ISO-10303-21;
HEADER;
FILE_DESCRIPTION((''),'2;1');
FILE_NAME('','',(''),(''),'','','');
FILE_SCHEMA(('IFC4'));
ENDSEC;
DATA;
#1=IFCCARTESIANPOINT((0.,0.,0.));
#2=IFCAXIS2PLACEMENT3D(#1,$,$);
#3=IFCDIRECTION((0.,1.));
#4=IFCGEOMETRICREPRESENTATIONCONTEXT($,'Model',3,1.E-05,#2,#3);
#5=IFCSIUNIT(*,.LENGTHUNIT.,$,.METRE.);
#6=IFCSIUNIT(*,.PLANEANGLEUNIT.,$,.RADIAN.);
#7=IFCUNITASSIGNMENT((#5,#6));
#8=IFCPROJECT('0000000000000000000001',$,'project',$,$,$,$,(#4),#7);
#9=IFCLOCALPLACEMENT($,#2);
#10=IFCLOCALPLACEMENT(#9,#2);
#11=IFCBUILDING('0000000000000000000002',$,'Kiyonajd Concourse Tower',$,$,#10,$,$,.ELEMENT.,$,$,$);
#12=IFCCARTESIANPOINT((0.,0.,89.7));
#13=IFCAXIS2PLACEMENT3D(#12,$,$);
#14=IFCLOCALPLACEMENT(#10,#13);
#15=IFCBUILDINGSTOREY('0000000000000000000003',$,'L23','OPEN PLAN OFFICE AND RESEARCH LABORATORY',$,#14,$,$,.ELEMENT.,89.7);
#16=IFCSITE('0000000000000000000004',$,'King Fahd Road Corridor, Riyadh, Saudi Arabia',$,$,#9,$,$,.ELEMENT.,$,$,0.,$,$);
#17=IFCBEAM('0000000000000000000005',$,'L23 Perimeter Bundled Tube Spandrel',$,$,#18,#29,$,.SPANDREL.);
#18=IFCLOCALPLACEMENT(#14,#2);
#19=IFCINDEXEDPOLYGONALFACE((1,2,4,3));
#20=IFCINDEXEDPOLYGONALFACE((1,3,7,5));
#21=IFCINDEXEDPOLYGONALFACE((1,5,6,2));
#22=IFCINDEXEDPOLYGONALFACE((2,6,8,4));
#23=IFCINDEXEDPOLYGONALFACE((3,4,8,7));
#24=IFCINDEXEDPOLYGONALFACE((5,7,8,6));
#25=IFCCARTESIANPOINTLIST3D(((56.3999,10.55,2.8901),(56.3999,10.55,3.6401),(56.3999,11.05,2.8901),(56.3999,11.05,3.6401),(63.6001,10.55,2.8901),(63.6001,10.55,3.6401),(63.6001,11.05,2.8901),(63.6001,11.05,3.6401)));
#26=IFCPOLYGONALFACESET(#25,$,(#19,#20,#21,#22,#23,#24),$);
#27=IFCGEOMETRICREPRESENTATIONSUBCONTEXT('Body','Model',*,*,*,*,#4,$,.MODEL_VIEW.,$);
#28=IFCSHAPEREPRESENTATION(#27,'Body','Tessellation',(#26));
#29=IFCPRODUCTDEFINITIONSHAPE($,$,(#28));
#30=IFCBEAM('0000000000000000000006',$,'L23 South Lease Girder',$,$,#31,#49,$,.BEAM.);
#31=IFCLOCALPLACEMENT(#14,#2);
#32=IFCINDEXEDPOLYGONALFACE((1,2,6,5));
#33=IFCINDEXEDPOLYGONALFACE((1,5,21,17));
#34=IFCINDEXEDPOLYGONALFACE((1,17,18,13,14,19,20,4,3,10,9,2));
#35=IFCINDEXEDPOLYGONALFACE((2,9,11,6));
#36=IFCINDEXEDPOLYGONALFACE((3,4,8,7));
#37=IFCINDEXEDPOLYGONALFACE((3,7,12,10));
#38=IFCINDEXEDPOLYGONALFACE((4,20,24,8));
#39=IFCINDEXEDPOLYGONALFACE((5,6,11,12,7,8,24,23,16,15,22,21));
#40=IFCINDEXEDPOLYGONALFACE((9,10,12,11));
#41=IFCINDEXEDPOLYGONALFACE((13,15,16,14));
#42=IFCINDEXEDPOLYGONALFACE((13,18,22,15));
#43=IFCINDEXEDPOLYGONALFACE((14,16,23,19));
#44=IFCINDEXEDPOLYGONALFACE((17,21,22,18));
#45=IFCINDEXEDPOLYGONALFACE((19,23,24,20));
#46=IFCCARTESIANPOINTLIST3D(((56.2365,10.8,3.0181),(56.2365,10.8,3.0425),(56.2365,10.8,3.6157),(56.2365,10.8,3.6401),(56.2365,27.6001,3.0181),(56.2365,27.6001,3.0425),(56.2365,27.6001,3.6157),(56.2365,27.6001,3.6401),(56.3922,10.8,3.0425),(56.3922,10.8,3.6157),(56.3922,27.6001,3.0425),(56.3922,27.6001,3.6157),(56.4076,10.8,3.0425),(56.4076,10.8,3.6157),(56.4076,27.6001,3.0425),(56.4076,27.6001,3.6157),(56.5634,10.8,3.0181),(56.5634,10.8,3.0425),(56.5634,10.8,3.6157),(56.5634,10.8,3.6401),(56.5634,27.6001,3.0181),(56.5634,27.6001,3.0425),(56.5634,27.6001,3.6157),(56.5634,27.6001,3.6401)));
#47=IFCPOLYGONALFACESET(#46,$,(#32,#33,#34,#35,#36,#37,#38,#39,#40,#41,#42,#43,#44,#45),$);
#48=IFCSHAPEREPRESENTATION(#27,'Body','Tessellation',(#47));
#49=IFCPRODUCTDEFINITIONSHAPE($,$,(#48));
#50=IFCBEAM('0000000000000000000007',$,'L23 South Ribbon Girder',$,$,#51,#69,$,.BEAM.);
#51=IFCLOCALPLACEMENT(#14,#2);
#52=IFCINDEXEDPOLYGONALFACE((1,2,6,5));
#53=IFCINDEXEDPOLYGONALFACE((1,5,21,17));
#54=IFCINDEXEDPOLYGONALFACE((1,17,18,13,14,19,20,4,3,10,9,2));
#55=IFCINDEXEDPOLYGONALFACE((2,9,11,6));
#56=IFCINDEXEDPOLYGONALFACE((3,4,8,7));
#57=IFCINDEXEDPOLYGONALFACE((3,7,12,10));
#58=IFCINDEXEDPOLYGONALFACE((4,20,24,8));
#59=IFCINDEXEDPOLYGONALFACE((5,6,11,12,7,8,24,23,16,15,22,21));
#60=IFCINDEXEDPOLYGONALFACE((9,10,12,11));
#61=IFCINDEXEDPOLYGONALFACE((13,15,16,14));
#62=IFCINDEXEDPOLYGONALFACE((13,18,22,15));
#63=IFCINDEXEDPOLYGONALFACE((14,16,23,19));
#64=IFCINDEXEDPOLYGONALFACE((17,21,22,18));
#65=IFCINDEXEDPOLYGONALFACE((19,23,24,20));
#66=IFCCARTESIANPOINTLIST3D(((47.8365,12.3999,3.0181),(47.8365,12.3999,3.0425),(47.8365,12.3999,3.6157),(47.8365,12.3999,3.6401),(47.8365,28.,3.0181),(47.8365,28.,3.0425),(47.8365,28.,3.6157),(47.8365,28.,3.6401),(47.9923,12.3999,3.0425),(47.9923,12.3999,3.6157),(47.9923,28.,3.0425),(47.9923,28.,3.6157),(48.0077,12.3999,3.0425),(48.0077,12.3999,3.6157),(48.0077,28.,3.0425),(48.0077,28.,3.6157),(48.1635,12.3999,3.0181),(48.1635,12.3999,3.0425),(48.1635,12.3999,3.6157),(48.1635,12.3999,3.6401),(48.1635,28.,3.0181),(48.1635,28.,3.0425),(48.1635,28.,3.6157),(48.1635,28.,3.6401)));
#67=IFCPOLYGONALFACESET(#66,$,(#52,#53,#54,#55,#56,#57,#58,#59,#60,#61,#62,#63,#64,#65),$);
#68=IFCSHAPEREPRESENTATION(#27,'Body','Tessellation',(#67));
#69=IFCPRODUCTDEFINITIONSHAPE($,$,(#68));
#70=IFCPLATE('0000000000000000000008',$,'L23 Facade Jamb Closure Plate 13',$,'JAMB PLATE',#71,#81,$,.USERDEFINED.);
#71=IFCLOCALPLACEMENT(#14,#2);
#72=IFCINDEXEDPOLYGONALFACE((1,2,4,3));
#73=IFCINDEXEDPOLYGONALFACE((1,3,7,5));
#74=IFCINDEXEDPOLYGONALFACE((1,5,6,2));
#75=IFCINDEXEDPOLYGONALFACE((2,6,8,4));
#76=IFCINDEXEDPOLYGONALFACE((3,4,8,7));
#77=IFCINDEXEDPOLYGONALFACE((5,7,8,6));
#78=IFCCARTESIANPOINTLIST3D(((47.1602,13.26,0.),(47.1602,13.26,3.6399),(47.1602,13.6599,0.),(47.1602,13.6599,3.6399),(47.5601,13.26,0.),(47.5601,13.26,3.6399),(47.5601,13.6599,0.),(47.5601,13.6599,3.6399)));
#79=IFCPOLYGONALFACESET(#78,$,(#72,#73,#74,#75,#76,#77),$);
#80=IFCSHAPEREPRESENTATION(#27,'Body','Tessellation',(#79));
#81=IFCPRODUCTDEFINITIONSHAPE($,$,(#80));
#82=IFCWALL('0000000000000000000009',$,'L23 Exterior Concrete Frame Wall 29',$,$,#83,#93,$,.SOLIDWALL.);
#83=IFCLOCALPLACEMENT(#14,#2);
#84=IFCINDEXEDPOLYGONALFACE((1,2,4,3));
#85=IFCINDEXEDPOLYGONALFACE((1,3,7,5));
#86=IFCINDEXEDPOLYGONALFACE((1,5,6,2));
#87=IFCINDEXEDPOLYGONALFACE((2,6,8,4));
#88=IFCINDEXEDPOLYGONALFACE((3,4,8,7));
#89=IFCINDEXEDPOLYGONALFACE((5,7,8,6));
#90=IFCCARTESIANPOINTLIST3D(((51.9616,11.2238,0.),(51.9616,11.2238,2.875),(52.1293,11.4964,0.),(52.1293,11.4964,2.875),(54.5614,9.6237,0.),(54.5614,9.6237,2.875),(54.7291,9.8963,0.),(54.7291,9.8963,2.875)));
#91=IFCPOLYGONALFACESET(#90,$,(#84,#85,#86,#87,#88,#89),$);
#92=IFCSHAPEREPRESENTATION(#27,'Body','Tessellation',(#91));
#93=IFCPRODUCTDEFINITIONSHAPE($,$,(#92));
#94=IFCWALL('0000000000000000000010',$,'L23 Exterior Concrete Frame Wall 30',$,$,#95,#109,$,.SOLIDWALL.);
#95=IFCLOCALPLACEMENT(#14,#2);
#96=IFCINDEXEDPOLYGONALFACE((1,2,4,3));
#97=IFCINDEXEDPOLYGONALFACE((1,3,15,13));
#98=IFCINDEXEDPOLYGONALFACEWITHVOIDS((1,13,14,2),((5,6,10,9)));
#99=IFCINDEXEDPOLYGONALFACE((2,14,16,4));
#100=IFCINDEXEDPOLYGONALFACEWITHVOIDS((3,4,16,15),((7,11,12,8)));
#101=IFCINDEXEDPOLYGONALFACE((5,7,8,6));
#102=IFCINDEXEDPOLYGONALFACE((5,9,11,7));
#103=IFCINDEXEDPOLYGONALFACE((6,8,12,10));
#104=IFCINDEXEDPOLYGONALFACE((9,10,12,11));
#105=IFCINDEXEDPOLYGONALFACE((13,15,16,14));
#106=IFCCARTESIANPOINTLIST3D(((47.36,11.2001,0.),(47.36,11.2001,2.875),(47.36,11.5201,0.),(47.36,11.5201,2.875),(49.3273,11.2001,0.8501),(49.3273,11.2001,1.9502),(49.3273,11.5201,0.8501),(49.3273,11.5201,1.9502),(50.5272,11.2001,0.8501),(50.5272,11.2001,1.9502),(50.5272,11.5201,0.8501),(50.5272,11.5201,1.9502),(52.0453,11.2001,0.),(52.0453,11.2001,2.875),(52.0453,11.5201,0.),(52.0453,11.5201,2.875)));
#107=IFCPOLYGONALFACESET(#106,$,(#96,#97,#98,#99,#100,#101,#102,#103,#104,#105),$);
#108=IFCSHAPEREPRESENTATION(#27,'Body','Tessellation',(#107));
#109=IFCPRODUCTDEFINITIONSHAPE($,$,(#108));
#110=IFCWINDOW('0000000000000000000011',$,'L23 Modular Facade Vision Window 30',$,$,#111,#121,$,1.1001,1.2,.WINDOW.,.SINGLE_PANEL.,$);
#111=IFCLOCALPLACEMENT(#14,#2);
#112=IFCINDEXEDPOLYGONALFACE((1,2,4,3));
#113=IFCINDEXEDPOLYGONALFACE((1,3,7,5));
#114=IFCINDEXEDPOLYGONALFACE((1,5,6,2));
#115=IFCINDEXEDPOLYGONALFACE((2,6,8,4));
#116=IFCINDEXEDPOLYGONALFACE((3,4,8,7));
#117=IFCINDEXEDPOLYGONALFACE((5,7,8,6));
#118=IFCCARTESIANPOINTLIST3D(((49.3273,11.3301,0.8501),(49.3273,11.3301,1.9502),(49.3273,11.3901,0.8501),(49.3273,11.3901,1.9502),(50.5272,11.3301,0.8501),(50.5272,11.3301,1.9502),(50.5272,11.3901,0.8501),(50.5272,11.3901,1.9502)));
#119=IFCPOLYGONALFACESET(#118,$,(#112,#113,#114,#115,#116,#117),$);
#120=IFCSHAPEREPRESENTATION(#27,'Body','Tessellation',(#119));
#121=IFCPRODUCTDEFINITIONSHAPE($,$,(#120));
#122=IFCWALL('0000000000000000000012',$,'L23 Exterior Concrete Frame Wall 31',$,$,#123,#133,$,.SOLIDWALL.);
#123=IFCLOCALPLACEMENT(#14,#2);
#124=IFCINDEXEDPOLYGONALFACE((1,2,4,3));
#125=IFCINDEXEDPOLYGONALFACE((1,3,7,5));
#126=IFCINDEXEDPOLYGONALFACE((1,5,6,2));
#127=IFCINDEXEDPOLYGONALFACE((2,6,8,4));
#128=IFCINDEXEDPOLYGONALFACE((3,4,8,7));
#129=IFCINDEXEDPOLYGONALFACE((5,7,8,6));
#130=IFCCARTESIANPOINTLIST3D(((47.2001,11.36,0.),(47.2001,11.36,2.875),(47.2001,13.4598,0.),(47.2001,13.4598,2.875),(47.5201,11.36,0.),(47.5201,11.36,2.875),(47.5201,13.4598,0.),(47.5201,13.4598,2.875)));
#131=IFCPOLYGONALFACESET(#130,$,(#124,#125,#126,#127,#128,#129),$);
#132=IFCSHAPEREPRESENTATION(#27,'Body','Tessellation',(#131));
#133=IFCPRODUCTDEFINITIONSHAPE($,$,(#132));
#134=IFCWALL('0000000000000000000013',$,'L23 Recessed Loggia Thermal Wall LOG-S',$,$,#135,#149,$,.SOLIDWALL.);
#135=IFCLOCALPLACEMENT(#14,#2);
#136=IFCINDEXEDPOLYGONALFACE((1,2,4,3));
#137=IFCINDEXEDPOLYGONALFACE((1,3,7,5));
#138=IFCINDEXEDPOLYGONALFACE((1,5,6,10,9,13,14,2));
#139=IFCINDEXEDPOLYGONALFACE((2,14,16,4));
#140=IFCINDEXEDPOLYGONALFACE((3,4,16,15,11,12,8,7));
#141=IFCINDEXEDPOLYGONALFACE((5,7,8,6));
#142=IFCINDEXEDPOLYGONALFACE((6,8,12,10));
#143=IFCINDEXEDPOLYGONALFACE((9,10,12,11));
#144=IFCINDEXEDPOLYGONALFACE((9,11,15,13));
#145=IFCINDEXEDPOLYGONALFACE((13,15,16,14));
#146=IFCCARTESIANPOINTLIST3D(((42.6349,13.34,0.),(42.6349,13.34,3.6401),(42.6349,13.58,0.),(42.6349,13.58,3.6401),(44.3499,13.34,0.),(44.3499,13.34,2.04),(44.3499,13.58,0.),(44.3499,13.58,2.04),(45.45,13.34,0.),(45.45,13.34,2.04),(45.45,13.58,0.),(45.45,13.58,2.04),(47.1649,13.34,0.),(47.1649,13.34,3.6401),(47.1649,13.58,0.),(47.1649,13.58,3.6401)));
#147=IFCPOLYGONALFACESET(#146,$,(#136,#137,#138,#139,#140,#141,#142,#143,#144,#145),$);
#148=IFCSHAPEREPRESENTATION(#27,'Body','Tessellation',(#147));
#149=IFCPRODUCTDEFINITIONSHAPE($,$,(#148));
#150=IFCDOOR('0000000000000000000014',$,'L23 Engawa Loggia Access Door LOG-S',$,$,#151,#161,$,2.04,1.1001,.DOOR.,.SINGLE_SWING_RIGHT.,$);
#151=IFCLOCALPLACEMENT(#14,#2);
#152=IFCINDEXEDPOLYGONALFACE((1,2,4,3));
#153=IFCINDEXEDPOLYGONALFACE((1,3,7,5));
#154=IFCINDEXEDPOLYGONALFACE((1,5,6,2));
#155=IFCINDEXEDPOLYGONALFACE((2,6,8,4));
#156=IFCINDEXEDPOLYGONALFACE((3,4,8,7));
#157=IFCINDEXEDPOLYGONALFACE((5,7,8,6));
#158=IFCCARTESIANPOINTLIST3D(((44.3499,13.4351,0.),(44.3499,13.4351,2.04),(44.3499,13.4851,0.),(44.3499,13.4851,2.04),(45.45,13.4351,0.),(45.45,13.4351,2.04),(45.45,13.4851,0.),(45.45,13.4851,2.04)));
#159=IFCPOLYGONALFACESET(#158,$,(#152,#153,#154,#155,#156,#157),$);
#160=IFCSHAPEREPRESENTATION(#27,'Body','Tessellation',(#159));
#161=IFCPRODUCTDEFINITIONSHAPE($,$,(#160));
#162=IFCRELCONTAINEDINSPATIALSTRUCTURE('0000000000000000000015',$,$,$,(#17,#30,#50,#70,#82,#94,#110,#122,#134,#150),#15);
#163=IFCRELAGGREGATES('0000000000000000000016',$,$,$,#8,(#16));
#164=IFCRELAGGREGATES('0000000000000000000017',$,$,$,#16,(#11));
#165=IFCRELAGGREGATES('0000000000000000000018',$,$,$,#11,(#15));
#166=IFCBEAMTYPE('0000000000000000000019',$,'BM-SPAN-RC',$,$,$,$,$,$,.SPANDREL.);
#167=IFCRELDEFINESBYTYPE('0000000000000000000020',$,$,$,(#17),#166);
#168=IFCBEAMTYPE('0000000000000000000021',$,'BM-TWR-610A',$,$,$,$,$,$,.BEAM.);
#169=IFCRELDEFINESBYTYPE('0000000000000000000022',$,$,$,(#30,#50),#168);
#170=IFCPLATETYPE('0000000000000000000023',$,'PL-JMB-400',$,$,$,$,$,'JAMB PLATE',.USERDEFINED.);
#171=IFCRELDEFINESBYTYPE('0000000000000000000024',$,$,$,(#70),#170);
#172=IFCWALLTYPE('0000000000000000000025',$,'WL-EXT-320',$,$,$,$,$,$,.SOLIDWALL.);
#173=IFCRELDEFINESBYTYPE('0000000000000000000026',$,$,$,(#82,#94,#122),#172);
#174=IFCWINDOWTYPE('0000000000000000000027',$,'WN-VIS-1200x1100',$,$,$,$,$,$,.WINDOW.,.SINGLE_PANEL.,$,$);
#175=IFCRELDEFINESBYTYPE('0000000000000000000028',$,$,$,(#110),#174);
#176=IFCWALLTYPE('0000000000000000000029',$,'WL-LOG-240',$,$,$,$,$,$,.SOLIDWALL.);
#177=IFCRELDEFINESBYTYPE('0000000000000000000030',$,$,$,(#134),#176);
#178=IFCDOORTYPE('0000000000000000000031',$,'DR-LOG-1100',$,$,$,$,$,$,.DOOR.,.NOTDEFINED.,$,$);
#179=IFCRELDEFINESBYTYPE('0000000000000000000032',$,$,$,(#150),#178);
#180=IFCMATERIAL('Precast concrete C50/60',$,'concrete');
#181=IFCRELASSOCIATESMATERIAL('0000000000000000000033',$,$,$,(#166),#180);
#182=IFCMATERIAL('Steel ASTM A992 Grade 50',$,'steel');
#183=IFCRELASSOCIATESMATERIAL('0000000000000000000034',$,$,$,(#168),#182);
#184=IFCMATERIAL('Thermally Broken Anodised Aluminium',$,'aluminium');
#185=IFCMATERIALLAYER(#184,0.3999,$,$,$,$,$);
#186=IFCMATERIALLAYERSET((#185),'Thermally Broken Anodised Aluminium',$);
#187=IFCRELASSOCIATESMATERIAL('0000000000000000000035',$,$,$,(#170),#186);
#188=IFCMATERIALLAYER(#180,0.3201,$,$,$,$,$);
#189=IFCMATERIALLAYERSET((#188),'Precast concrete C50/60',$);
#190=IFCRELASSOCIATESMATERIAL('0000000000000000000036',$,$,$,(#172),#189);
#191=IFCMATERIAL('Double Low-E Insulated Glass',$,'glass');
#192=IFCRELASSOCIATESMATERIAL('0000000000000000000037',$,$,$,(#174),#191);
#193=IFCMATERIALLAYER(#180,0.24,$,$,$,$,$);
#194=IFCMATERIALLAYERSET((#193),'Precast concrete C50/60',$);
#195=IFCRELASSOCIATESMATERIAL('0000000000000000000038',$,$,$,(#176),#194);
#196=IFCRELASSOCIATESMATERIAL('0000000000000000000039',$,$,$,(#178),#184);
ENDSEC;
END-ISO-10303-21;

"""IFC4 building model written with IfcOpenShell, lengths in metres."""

from ifc_helpers import new_model, si_unit, direction, frame, frame_2d, origin, origin_2d, place, context, subcontext, project, spatial, rectangle, i_section, extrude, material, layer, layer_set, material_profile, profile_set, type_object, element, fill, save


model = new_model("IFC4")

# Units and contexts
model_context = context("Model", 3, precision=1e-05, world=origin(), true_north=direction((0.0, 1.0)))
body_context = subcontext(model_context, "Body", "Model", "MODEL_VIEW")
ifc_project = project(units=[si_unit("LENGTHUNIT", "METRE"), si_unit("PLANEANGLEUNIT", "RADIAN")], contexts=[model_context])

# Site, building, storey
site_placement = place(None, origin())
site = spatial("IfcSite", under=ifc_project, at=site_placement, Name="King Fahd Road Corridor, Riyadh, Saudi Arabia", CompositionType="ELEMENT", RefElevation=0.0)
building_placement = place(site_placement, origin())
building = spatial("IfcBuilding", under=site, at=building_placement, Name="Kiyonajd Concourse Tower", CompositionType="ELEMENT")
storey_placement = place(building_placement, frame((0.0, 0.0, 89.7)))
storey = spatial("IfcBuildingStorey", under=building, at=storey_placement, Name="L23", Description="OPEN PLAN OFFICE AND RESEARCH LABORATORY", CompositionType="ELEMENT", Elevation=89.7)

# Beams
ifc_material_1 = material(Name="Steel ASTM A992 Grade 50", Category="steel")
ifc_material_2 = material(Name="Precast concrete C50/60", Category="concrete")
ifc_material_profile_1 = material_profile(ifc_material_2, rectangle(XDim=0.5, YDim=0.75, at=origin_2d()), Name="RCBM-500x750")
ifc_profile_set_1 = profile_set([ifc_material_profile_1], Name="Precast concrete C50/60")
beam_type_1 = type_object("IfcBeamType", Name="BM-SPAN-RC", PredefinedType="SPANDREL", material=ifc_profile_set_1)
beam_1_placement = place(storey_placement, frame((56.3999, 10.8, 3.2651), z_axis=(1.0, 0.0, 0.0), x_axis=(0.0, 1.0, 0.0)))
element("IfcBeam", 1, at=beam_1_placement, inside=storey, type_object=beam_type_1, Name="L23 Perimeter Bundled Tube Spandrel", PredefinedType="SPANDREL", context=body_context, shape_type="SweptSolid", body=[
    extrude(rectangle(XDim=0.5, YDim=0.75, at=origin_2d()), origin(), (0.0, 0.0, 1.0), 7.2002),
])
ifc_material_profile_2 = material_profile(ifc_material_1, i_section(OverallWidth=0.3269, OverallDepth=0.6221, WebThickness=0.0154, FlangeThickness=0.0244, at=origin_2d()), Name="W610X195")
ifc_profile_set_2 = profile_set([ifc_material_profile_2], Name="Steel ASTM A992 Grade 50")
beam_type_2 = type_object("IfcBeamType", Name="BM-TWR-610A", PredefinedType="BEAM", material=ifc_profile_set_2)
beam_2_placement = place(storey_placement, frame((56.3999, 10.8, 3.3291), z_axis=(0.0, 1.0, 0.0), x_axis=(-1.0, 0.0, 0.0)))
element("IfcBeam", 2, at=beam_2_placement, inside=storey, type_object=beam_type_2, Name="L23 South Lease Girder", PredefinedType="BEAM", context=body_context, shape_type="SweptSolid", body=[
    extrude(i_section(OverallWidth=0.3269, OverallDepth=0.6221, WebThickness=0.0154, FlangeThickness=0.0244, at=origin_2d()), origin(), (0.0, 0.0, 1.0), 16.8),
])
beam_3_placement = place(storey_placement, frame((48.0, 12.3999, 3.3291), z_axis=(0.0, 1.0, 0.0), x_axis=(-1.0, 0.0, 0.0)))
element("IfcBeam", 3, at=beam_3_placement, inside=storey, type_object=beam_type_2, Name="L23 South Ribbon Girder", PredefinedType="BEAM", context=body_context, shape_type="SweptSolid", body=[
    extrude(i_section(OverallWidth=0.3269, OverallDepth=0.6221, WebThickness=0.0154, FlangeThickness=0.0244, at=origin_2d()), origin(), (0.0, 0.0, 1.0), 15.6001),
])

# Plate
ifc_material_3 = material(Name="Thermally Broken Anodised Aluminium", Category="aluminium")
ifc_layer_1 = layer(ifc_material_3, 0.3999)
ifc_layer_set_1 = layer_set([ifc_layer_1], Name="Thermally Broken Anodised Aluminium")
plate_type = type_object("IfcPlateType", Name="PL-JMB-400", ElementType="JAMB PLATE", PredefinedType="USERDEFINED", material=ifc_layer_set_1)
plate_placement = place(storey_placement, frame((47.3601, 13.46, 0.0), z_axis=(0.0, 0.0, 1.0), x_axis=(1.0, 0.0, 0.0)))
element("IfcPlate", 4, at=plate_placement, inside=storey, type_object=plate_type, Name="L23 Facade Jamb Closure Plate 13", ObjectType="JAMB PLATE", PredefinedType="USERDEFINED", context=body_context, shape_type="SweptSolid", body=[
    extrude(rectangle(XDim=0.3999, YDim=0.3999, at=origin_2d()), origin(), (0.0, 0.0, 1.0), 3.6399),
])

# Wall
ifc_layer_2 = layer(ifc_material_2, 0.3201)
ifc_layer_set_2 = layer_set([ifc_layer_2], Name="Precast concrete C50/60")
wall_type_1 = type_object("IfcWallType", Name="WL-EXT-320", PredefinedType="SOLIDWALL", material=ifc_layer_set_2)
wall_1_placement = place(storey_placement, frame((54.6453, 9.76, 0.0), z_axis=(0.0, 0.0, 1.0), x_axis=(-0.851631, 0.524142, 0.0)))
element("IfcWall", 5, at=wall_1_placement, inside=storey, type_object=wall_type_1, Name="L23 Exterior Concrete Frame Wall 29", PredefinedType="SOLIDWALL", context=body_context, shape_type="SweptSolid", body=[
    extrude(rectangle(XDim=3.0527, YDim=0.3201, at=frame_2d((1.5264, 0.0))), origin(), (0.0, 0.0, 1.0), 2.875),
])

# Wall, opening, window
wall_2_placement = place(storey_placement, frame((52.0454, 11.3601, 0.0), z_axis=(0.0, 0.0, 1.0), x_axis=(-1.0, 0.0, 0.0)))
wall_2 = element("IfcWall", 6, at=wall_2_placement, inside=storey, type_object=wall_type_1, Name="L23 Exterior Concrete Frame Wall 30", PredefinedType="SOLIDWALL", context=body_context, shape_type="SweptSolid", body=[
    extrude(rectangle(XDim=4.6853, YDim=0.3201, at=frame_2d((2.3428, 0.0))), origin(), (0.0, 0.0, 1.0), 2.875),
])
opening_1_placement = place(wall_2_placement, frame((1.5181, 0.0, 0.8501)))
opening_1 = element("IfcOpeningElement", 7, at=opening_1_placement, cuts=wall_2, PredefinedType="OPENING", context=body_context, shape_type="SweptSolid", body=[
    extrude(rectangle(XDim=1.2, YDim=1.1001, at=frame_2d((0.6001, 0.55))), frame((0.0, 0.1699, 0.0), z_axis=(0.0, -1.0, 0.0), x_axis=(1.0, 0.0, 0.0)), (0.0, 0.0, 1.0), 0.3401),
])
ifc_material_4 = material(Name="Double Low-E Insulated Glass", Category="glass")
window_type = type_object("IfcWindowType", Name="WN-VIS-1200x1100", PartitioningType="SINGLE_PANEL", PredefinedType="WINDOW", material=ifc_material_4)
window_placement = place(opening_1_placement, origin())
window = element("IfcWindow", 8, at=window_placement, inside=storey, type_object=window_type, Name="L23 Modular Facade Vision Window 30", OverallHeight=1.1001, OverallWidth=1.2, PartitioningType="SINGLE_PANEL", PredefinedType="WINDOW", context=body_context, shape_type="SweptSolid", body=[
    extrude(rectangle(XDim=1.2, YDim=1.1001, at=frame_2d((0.6001, 0.55))), frame((0.0, 0.03, 0.0), z_axis=(0.0, -1.0, 0.0), x_axis=(1.0, 0.0, 0.0)), (0.0, 0.0, 1.0), 0.0601),
])
fill(opening_1, window)

# Wall
wall_3_placement = place(storey_placement, frame((47.3601, 11.3601, 0.0), z_axis=(0.0, 0.0, 1.0), x_axis=(0.0, 1.0, 0.0)))
element("IfcWall", 9, at=wall_3_placement, inside=storey, type_object=wall_type_1, Name="L23 Exterior Concrete Frame Wall 31", PredefinedType="SOLIDWALL", context=body_context, shape_type="SweptSolid", body=[
    extrude(rectangle(XDim=2.0999, YDim=0.3201, at=frame_2d((1.0498, 0.0))), origin(), (0.0, 0.0, 1.0), 2.875),
])

# Wall, opening, door
ifc_layer_3 = layer(ifc_material_2, 0.24)
ifc_layer_set_3 = layer_set([ifc_layer_3], Name="Precast concrete C50/60")
wall_type_2 = type_object("IfcWallType", Name="WL-LOG-240", PredefinedType="SOLIDWALL", material=ifc_layer_set_3)
wall_4_placement = place(storey_placement, frame((47.165, 13.46, 0.0), z_axis=(0.0, 0.0, 1.0), x_axis=(-1.0, 0.0, 0.0)))
wall_4 = element("IfcWall", 10, at=wall_4_placement, inside=storey, type_object=wall_type_2, Name="L23 Recessed Loggia Thermal Wall LOG-S", PredefinedType="SOLIDWALL", context=body_context, shape_type="SweptSolid", body=[
    extrude(rectangle(XDim=4.53, YDim=0.24, at=frame_2d((2.2651, 0.0))), origin(), (0.0, 0.0, 1.0), 3.6401),
])
opening_2_placement = place(wall_4_placement, frame((1.7151, 0.0, 0.0)))
opening_2 = element("IfcOpeningElement", 11, at=opening_2_placement, cuts=wall_4, PredefinedType="OPENING", context=body_context, shape_type="SweptSolid", body=[
    extrude(rectangle(XDim=1.1001, YDim=2.04, at=frame_2d((0.55, 1.02))), frame((0.0, 0.1299, 0.0), z_axis=(0.0, -1.0, 0.0), x_axis=(1.0, 0.0, 0.0)), (0.0, 0.0, 1.0), 0.26),
])
door_type_1 = type_object("IfcDoorType", Name="DR-LOG-1100", OperationType="NOTDEFINED", PredefinedType="DOOR", material=ifc_material_3)
door_1_placement = place(opening_2_placement, origin())
door_1 = element("IfcDoor", 12, at=door_1_placement, inside=storey, type_object=door_type_1, Name="L23 Engawa Loggia Access Door LOG-S", OperationType="SINGLE_SWING_RIGHT", OverallHeight=2.04, OverallWidth=1.1001, PredefinedType="DOOR", context=body_context, shape_type="SweptSolid", body=[
    extrude(rectangle(XDim=1.1001, YDim=2.04, at=frame_2d((0.55, 1.02))), frame((0.0, 0.0249, 0.0), z_axis=(0.0, -1.0, 0.0), x_axis=(1.0, 0.0, 0.0)), (0.0, 0.0, 1.0), 0.05),
])
fill(opening_2, door_1)

save(model, "model.ifc")
